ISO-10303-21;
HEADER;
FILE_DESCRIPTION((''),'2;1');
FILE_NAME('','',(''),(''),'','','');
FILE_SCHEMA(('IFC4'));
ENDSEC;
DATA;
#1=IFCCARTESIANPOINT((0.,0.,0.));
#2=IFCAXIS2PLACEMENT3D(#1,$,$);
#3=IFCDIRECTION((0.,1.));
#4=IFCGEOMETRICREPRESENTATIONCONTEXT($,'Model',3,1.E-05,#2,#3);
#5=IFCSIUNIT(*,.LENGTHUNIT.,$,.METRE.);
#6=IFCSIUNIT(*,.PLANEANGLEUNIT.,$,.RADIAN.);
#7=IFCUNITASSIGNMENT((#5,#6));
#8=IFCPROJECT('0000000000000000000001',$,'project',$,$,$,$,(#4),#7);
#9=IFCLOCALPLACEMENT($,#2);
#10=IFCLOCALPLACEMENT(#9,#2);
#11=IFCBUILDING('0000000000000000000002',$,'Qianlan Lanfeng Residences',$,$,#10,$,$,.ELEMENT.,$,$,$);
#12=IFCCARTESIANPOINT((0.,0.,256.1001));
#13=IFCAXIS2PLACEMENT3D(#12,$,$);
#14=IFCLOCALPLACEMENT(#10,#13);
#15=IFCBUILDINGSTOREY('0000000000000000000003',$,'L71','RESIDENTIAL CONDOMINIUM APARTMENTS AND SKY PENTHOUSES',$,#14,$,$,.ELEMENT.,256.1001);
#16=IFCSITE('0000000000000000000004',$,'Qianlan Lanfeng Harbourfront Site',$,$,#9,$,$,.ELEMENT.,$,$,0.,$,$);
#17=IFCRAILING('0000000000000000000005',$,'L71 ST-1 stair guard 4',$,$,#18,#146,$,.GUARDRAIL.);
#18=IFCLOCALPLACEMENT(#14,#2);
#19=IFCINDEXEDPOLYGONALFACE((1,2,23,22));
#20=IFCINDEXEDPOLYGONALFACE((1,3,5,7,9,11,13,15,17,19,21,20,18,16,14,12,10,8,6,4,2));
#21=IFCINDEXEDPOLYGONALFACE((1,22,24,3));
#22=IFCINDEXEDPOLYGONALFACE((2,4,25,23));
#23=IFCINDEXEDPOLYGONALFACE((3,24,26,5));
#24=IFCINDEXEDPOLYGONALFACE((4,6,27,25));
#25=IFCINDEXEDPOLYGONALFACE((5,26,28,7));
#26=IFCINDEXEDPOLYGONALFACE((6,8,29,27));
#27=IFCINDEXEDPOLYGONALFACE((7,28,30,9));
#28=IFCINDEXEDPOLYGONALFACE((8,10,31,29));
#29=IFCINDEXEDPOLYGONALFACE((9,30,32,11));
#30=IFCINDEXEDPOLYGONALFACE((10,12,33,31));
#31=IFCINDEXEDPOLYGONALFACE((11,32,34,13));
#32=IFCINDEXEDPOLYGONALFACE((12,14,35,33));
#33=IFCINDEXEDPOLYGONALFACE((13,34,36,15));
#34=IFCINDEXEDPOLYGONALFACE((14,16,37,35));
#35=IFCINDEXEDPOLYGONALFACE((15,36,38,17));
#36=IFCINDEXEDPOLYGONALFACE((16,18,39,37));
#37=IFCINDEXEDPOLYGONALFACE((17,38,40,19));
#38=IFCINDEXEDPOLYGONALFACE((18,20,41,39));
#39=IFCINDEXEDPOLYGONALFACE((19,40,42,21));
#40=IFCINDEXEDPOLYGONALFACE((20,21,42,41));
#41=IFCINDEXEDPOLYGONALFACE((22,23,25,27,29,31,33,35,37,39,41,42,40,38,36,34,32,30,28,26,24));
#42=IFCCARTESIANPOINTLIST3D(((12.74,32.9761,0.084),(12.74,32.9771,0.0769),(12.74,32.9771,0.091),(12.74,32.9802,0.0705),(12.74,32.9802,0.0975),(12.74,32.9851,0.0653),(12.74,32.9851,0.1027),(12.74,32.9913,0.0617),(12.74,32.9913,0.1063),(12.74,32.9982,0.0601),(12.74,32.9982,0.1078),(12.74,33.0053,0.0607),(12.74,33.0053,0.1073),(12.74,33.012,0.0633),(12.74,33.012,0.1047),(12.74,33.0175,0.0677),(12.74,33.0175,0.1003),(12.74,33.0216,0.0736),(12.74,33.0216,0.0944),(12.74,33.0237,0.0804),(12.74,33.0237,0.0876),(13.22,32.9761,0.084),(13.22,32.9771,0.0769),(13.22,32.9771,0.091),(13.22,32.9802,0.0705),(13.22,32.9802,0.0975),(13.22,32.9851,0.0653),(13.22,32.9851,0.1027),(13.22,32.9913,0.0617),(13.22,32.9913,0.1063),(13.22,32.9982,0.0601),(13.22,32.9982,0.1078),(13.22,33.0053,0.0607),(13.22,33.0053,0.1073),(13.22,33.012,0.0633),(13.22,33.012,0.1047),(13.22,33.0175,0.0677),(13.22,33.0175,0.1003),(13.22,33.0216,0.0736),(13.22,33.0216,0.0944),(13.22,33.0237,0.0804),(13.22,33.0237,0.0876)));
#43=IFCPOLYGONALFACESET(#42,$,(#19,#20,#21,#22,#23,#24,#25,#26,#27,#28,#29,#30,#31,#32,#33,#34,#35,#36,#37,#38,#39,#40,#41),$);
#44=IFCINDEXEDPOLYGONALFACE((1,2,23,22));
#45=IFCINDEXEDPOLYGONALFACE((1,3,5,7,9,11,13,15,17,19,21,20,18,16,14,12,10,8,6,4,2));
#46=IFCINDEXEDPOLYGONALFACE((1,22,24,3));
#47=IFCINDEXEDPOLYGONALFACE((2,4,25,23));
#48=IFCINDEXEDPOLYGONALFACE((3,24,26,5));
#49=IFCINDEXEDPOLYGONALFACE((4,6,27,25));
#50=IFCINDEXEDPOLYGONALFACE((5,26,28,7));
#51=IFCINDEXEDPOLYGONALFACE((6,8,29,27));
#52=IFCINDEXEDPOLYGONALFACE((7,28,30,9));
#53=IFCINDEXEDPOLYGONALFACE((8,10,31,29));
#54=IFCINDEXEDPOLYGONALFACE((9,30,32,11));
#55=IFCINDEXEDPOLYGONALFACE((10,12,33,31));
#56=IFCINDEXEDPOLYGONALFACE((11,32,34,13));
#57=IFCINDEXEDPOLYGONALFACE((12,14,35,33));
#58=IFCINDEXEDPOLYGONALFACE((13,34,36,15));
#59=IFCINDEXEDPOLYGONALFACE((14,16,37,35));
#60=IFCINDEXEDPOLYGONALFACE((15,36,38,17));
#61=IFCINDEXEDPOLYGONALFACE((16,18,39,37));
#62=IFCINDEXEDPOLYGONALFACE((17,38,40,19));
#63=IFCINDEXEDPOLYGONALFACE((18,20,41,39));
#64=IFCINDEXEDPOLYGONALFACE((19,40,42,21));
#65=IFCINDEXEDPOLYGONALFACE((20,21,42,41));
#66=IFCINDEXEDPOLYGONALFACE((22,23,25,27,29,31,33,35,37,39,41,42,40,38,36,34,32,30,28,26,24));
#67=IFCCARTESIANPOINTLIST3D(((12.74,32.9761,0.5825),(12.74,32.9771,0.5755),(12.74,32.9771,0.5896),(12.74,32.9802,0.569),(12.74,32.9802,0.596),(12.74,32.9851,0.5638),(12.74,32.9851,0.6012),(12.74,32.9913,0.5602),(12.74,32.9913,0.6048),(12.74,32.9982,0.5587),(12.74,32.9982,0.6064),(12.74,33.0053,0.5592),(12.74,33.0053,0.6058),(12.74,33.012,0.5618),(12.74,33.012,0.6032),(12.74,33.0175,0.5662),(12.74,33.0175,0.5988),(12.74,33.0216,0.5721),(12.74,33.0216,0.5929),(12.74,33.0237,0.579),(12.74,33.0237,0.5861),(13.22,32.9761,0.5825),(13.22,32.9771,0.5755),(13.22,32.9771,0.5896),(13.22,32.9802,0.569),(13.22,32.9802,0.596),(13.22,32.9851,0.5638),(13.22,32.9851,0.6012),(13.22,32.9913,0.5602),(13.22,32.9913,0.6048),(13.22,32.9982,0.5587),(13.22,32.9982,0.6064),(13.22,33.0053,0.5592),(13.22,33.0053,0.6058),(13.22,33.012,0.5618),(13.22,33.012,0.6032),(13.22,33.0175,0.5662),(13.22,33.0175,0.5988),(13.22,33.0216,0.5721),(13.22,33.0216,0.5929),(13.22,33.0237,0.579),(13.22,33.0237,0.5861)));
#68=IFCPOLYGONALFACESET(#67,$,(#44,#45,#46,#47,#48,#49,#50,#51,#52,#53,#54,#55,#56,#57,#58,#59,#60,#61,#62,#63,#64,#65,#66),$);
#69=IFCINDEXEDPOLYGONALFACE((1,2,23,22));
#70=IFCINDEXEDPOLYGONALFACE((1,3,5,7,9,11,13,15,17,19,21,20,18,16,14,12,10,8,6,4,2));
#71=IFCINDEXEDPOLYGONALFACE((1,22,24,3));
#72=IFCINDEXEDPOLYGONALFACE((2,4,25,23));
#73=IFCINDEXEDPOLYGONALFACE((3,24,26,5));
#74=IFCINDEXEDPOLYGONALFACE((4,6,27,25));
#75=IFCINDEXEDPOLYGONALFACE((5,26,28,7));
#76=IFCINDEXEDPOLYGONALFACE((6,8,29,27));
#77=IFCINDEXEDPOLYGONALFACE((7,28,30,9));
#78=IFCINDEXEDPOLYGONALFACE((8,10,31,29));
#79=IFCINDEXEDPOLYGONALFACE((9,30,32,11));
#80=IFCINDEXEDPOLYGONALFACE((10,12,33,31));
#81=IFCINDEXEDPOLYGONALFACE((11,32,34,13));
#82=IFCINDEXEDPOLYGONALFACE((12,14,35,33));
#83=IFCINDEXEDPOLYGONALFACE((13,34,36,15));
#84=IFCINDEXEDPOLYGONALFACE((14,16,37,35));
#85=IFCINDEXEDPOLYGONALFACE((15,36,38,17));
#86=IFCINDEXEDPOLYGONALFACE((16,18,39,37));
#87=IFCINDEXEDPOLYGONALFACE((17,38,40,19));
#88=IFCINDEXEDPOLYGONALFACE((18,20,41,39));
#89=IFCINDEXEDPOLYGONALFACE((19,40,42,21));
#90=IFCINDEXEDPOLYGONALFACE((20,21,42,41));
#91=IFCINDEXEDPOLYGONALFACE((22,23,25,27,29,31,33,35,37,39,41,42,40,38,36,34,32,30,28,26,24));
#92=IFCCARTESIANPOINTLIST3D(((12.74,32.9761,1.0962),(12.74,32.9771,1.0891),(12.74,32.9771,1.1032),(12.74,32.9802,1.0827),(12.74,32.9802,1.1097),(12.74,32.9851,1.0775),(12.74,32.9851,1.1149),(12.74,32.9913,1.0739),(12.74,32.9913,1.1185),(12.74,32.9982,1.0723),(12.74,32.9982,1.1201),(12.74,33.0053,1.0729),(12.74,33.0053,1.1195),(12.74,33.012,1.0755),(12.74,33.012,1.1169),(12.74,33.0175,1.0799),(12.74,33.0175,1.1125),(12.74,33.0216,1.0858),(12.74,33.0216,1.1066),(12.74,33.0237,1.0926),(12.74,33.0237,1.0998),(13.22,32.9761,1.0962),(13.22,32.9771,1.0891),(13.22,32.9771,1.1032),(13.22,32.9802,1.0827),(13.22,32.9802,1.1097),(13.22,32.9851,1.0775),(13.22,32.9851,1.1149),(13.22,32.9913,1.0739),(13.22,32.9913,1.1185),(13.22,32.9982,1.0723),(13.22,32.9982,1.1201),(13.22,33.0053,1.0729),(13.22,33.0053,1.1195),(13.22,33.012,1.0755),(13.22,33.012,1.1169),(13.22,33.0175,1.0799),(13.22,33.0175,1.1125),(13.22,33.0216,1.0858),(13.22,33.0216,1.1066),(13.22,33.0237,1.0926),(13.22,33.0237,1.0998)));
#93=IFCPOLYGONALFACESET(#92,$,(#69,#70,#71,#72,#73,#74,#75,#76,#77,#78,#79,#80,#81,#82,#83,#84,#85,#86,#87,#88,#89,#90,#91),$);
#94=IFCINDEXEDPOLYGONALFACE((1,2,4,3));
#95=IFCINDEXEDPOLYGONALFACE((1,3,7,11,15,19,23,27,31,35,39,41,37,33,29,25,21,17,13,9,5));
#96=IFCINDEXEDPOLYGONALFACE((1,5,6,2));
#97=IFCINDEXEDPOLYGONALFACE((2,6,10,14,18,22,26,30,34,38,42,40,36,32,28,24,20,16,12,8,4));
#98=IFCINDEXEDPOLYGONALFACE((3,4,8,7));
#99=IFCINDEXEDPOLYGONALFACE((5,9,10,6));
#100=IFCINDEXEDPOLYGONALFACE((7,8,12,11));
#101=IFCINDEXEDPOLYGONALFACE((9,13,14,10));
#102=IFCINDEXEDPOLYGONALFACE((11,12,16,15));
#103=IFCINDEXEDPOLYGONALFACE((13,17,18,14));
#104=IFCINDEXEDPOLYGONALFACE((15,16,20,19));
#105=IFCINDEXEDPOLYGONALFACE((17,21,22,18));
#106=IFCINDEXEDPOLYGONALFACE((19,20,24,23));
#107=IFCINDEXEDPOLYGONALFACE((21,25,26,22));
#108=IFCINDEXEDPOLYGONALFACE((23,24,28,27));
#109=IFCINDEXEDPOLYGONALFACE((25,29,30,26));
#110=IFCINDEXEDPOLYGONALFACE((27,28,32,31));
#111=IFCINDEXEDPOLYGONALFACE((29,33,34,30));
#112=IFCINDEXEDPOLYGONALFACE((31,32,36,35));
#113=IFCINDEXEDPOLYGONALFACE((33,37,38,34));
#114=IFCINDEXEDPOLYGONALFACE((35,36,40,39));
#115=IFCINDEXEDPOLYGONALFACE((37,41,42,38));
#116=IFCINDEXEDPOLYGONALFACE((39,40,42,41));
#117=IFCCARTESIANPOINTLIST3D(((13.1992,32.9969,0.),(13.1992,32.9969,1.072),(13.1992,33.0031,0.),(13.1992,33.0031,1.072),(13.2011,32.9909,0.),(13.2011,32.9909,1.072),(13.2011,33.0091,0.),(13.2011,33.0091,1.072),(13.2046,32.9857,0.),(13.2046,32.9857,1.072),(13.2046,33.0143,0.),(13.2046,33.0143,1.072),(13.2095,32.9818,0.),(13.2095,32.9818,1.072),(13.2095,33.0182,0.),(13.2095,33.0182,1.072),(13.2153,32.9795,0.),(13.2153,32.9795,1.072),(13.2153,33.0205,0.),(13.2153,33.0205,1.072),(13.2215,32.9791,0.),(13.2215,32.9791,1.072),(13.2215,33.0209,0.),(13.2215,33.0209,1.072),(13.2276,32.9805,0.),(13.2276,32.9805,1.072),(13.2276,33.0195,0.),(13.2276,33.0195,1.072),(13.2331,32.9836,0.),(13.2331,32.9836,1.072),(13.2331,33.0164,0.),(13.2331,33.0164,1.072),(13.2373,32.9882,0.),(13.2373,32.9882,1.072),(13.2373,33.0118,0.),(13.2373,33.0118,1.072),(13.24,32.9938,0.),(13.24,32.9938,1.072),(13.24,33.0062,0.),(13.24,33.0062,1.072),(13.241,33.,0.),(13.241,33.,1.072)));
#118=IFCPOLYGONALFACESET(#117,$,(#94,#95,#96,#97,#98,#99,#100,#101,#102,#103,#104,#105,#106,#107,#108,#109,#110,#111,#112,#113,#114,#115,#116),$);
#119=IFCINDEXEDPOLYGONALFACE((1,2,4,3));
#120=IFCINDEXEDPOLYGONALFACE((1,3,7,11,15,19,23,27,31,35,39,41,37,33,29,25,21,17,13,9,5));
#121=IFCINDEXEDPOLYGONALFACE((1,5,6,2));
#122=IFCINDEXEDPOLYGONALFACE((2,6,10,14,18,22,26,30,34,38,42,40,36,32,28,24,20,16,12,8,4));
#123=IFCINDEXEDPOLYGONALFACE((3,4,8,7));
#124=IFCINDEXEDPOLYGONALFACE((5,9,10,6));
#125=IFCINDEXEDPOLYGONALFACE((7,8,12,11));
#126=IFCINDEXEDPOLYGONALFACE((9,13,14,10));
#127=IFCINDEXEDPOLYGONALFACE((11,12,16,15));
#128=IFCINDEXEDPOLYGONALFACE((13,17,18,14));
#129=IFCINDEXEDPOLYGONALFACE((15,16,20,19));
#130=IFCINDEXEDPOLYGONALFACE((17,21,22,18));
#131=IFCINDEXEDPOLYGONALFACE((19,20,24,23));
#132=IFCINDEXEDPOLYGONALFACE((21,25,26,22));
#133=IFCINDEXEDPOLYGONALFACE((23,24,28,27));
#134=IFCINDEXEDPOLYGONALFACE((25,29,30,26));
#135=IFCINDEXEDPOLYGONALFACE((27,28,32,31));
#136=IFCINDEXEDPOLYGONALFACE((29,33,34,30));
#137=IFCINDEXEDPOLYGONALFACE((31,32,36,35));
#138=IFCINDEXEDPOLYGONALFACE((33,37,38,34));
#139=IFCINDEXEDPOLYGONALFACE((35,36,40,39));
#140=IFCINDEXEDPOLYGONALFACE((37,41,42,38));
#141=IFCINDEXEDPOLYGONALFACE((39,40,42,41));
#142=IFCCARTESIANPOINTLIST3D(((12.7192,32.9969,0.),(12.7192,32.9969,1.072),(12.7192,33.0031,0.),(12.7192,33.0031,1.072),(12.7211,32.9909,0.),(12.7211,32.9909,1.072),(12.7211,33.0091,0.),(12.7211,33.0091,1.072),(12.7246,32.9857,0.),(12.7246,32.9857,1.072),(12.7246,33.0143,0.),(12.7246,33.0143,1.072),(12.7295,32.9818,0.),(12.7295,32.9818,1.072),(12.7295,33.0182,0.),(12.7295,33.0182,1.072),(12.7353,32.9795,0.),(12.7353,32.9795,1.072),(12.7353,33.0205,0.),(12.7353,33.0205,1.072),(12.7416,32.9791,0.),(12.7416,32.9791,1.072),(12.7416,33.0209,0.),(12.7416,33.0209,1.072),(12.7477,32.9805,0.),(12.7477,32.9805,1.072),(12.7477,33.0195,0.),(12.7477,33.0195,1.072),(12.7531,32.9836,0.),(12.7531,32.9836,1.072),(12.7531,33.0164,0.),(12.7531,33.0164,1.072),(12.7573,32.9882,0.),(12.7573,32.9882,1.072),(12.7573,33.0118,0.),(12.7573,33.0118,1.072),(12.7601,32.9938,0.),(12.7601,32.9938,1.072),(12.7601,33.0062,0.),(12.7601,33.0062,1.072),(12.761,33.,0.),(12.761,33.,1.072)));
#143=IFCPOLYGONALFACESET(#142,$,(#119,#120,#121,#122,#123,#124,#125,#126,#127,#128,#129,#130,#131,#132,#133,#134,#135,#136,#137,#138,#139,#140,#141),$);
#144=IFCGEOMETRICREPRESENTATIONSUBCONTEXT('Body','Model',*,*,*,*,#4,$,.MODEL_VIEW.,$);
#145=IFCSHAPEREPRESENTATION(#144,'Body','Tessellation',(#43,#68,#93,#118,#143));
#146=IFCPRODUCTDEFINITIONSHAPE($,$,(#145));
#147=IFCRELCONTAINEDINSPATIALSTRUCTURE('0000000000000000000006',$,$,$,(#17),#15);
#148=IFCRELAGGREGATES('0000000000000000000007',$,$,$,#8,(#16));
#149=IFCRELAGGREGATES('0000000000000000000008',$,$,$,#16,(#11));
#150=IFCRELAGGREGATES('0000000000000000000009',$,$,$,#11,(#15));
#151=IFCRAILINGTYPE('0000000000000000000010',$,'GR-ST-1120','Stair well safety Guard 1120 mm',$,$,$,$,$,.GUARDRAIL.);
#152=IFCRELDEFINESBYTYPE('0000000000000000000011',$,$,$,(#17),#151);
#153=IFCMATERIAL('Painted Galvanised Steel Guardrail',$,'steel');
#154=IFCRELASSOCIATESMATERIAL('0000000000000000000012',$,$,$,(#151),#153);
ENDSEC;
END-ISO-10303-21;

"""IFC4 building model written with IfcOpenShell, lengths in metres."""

from ifc_helpers import new_model, si_unit, direction, frame, origin, origin_2d, place, context, subcontext, project, spatial, circle, extrude, material, type_object, element, save


model = new_model("IFC4")

# Units and contexts
model_context = context("Model", 3, precision=1e-05, world=origin(), true_north=direction((0.0, 1.0)))
body_context = subcontext(model_context, "Body", "Model", "MODEL_VIEW")
ifc_project = project(units=[si_unit("LENGTHUNIT", "METRE"), si_unit("PLANEANGLEUNIT", "RADIAN")], contexts=[model_context])

# Site, building, storey
site_placement = place(None, origin())
site = spatial("IfcSite", under=ifc_project, at=site_placement, Name="Qianlan Lanfeng Harbourfront Site", CompositionType="ELEMENT", RefElevation=0.0)
building_placement = place(site_placement, origin())
building = spatial("IfcBuilding", under=site, at=building_placement, Name="Qianlan Lanfeng Residences", CompositionType="ELEMENT")
storey_placement = place(building_placement, frame((0.0, 0.0, 256.1001)))
storey = spatial("IfcBuildingStorey", under=building, at=storey_placement, Name="L71", Description="RESIDENTIAL CONDOMINIUM APARTMENTS AND SKY PENTHOUSES", CompositionType="ELEMENT", Elevation=256.1001)

# Railing
ifc_material_1 = material(Name="Painted Galvanised Steel Guardrail", Category="steel")
railing_type_1 = type_object("IfcRailingType", Name="GR-ST-1120", Description="Stair well safety Guard 1120 mm", PredefinedType="GUARDRAIL", material=ifc_material_1)
railing_1_placement = place(storey_placement, frame((13.22, 33.0, 0.0)))
element("IfcRailing", 1, at=railing_1_placement, inside=storey, type_object=railing_type_1, Name="L71 ST-1 stair guard 4", PredefinedType="GUARDRAIL", context=body_context, shape_type="SweptSolid", body=[
    extrude(circle(Radius=0.0239, at=origin_2d()), frame((0.0, 0.0, 0.084), z_axis=(-1.0, 0.0, 0.0), x_axis=(0.0, -1.0, 0.0)), (0.0, 0.0, 1.0), 0.48),
    extrude(circle(Radius=0.0239, at=origin_2d()), frame((0.0, 0.0, 0.5825), z_axis=(-1.0, 0.0, 0.0), x_axis=(0.0, -1.0, 0.0)), (0.0, 0.0, 1.0), 0.48),
    extrude(circle(Radius=0.0239, at=origin_2d()), frame((0.0, 0.0, 1.0962), z_axis=(-1.0, 0.0, 0.0), x_axis=(0.0, -1.0, 0.0)), (0.0, 0.0, 1.0), 0.48),
    extrude(circle(Radius=0.021, at=origin_2d()), origin(), (0.0, 0.0, 1.0), 1.072),
    extrude(circle(Radius=0.021, at=origin_2d()), frame((-0.48, 0.0, 0.0)), (0.0, 0.0, 1.0), 1.072),
])

save(model, "model.ifc")
